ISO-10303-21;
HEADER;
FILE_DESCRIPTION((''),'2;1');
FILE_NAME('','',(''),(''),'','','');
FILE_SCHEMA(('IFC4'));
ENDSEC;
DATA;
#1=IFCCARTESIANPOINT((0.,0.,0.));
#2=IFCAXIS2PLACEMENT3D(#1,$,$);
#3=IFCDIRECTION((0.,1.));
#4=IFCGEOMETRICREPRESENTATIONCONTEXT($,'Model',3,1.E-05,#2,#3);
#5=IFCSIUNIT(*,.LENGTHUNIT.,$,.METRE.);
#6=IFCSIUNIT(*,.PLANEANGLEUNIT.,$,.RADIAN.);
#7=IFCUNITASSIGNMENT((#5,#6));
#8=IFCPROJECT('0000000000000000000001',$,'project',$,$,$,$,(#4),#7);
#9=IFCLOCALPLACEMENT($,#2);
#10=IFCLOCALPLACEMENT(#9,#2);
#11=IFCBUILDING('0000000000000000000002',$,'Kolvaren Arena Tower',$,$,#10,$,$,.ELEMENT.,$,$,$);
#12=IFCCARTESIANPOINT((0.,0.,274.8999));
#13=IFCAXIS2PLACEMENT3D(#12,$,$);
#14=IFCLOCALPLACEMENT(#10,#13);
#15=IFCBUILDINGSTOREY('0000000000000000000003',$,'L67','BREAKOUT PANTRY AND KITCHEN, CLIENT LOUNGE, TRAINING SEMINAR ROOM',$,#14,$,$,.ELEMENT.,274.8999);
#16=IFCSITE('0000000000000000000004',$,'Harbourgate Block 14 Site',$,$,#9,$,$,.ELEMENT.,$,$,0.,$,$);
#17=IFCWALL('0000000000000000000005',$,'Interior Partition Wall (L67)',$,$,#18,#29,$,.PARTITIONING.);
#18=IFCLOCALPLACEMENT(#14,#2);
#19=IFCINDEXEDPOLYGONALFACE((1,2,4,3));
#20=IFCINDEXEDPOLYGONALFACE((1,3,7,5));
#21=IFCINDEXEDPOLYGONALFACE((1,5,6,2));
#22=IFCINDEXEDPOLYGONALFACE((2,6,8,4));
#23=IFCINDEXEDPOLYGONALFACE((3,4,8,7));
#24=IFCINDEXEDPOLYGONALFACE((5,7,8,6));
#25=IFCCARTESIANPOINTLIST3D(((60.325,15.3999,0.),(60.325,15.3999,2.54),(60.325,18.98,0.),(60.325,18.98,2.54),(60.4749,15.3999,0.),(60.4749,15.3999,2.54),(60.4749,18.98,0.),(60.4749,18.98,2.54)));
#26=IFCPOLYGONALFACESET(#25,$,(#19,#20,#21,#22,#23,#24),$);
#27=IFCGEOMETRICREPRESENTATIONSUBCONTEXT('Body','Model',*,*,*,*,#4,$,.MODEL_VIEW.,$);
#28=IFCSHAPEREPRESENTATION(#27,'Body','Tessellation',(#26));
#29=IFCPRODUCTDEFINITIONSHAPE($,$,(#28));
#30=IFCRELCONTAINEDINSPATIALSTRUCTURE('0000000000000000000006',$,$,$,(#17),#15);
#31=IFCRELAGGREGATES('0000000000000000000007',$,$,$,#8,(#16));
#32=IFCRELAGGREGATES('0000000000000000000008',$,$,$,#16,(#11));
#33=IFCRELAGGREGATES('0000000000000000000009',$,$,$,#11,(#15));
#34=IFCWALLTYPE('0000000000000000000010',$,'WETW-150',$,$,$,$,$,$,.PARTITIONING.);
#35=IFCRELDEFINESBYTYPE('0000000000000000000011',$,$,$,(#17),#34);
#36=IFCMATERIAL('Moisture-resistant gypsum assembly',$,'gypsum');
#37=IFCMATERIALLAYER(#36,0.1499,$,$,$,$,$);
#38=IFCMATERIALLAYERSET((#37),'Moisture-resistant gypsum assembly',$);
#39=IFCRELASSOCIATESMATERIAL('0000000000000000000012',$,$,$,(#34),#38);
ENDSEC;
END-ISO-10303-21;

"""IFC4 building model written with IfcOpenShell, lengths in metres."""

from ifc_helpers import new_model, si_unit, direction, frame, frame_2d, origin, place, context, subcontext, project, spatial, rectangle, extrude, material, layer, layer_set, type_object, element, save


model = new_model("IFC4")

# Units and contexts
model_context = context("Model", 3, precision=1e-05, world=origin(), true_north=direction((0.0, 1.0)))
body_context = subcontext(model_context, "Body", "Model", "MODEL_VIEW")
ifc_project = project(units=[si_unit("LENGTHUNIT", "METRE"), si_unit("PLANEANGLEUNIT", "RADIAN")], contexts=[model_context])

# Site, building, storey
site_placement = place(None, origin())
site = spatial("IfcSite", under=ifc_project, at=site_placement, Name="Harbourgate Block 14 Site", CompositionType="ELEMENT", RefElevation=0.0)
building_placement = place(site_placement, origin())
building = spatial("IfcBuilding", under=site, at=building_placement, Name="Kolvaren Arena Tower", CompositionType="ELEMENT")
storey_placement = place(building_placement, frame((0.0, 0.0, 274.8999)))
storey = spatial("IfcBuildingStorey", under=building, at=storey_placement, Name="L67", Description="BREAKOUT PANTRY AND KITCHEN, CLIENT LOUNGE, TRAINING SEMINAR ROOM", CompositionType="ELEMENT", Elevation=274.8999)

# Wall
ifc_material_1 = material(Name="Moisture-resistant gypsum assembly", Category="gypsum")
ifc_layer_1 = layer(ifc_material_1, 0.1499)
ifc_layer_set_1 = layer_set([ifc_layer_1], Name="Moisture-resistant gypsum assembly")
wall_type_1 = type_object("IfcWallType", Name="WETW-150", PredefinedType="PARTITIONING", material=ifc_layer_set_1)
for number, where, z_axis, x_axis, name in (
    (1, (60.3999, 15.3999, 0.0), (0.0, 0.0, 1.0), (0.0, 1.0, 0.0), "Interior Partition Wall (L67)"),
):
    element("IfcWall", number, at=place(storey_placement, frame(where, z_axis=z_axis, x_axis=x_axis)), inside=storey, type_object=wall_type_1, Name=name, PredefinedType="PARTITIONING", context=body_context, shape_type="SweptSolid", body=[
        extrude(rectangle(XDim=3.5801, YDim=0.1499, at=frame_2d((1.79, 0.0))), origin(), (0.0, 0.0, 1.0), 2.54),
    ])

save(model, "model.ifc")
